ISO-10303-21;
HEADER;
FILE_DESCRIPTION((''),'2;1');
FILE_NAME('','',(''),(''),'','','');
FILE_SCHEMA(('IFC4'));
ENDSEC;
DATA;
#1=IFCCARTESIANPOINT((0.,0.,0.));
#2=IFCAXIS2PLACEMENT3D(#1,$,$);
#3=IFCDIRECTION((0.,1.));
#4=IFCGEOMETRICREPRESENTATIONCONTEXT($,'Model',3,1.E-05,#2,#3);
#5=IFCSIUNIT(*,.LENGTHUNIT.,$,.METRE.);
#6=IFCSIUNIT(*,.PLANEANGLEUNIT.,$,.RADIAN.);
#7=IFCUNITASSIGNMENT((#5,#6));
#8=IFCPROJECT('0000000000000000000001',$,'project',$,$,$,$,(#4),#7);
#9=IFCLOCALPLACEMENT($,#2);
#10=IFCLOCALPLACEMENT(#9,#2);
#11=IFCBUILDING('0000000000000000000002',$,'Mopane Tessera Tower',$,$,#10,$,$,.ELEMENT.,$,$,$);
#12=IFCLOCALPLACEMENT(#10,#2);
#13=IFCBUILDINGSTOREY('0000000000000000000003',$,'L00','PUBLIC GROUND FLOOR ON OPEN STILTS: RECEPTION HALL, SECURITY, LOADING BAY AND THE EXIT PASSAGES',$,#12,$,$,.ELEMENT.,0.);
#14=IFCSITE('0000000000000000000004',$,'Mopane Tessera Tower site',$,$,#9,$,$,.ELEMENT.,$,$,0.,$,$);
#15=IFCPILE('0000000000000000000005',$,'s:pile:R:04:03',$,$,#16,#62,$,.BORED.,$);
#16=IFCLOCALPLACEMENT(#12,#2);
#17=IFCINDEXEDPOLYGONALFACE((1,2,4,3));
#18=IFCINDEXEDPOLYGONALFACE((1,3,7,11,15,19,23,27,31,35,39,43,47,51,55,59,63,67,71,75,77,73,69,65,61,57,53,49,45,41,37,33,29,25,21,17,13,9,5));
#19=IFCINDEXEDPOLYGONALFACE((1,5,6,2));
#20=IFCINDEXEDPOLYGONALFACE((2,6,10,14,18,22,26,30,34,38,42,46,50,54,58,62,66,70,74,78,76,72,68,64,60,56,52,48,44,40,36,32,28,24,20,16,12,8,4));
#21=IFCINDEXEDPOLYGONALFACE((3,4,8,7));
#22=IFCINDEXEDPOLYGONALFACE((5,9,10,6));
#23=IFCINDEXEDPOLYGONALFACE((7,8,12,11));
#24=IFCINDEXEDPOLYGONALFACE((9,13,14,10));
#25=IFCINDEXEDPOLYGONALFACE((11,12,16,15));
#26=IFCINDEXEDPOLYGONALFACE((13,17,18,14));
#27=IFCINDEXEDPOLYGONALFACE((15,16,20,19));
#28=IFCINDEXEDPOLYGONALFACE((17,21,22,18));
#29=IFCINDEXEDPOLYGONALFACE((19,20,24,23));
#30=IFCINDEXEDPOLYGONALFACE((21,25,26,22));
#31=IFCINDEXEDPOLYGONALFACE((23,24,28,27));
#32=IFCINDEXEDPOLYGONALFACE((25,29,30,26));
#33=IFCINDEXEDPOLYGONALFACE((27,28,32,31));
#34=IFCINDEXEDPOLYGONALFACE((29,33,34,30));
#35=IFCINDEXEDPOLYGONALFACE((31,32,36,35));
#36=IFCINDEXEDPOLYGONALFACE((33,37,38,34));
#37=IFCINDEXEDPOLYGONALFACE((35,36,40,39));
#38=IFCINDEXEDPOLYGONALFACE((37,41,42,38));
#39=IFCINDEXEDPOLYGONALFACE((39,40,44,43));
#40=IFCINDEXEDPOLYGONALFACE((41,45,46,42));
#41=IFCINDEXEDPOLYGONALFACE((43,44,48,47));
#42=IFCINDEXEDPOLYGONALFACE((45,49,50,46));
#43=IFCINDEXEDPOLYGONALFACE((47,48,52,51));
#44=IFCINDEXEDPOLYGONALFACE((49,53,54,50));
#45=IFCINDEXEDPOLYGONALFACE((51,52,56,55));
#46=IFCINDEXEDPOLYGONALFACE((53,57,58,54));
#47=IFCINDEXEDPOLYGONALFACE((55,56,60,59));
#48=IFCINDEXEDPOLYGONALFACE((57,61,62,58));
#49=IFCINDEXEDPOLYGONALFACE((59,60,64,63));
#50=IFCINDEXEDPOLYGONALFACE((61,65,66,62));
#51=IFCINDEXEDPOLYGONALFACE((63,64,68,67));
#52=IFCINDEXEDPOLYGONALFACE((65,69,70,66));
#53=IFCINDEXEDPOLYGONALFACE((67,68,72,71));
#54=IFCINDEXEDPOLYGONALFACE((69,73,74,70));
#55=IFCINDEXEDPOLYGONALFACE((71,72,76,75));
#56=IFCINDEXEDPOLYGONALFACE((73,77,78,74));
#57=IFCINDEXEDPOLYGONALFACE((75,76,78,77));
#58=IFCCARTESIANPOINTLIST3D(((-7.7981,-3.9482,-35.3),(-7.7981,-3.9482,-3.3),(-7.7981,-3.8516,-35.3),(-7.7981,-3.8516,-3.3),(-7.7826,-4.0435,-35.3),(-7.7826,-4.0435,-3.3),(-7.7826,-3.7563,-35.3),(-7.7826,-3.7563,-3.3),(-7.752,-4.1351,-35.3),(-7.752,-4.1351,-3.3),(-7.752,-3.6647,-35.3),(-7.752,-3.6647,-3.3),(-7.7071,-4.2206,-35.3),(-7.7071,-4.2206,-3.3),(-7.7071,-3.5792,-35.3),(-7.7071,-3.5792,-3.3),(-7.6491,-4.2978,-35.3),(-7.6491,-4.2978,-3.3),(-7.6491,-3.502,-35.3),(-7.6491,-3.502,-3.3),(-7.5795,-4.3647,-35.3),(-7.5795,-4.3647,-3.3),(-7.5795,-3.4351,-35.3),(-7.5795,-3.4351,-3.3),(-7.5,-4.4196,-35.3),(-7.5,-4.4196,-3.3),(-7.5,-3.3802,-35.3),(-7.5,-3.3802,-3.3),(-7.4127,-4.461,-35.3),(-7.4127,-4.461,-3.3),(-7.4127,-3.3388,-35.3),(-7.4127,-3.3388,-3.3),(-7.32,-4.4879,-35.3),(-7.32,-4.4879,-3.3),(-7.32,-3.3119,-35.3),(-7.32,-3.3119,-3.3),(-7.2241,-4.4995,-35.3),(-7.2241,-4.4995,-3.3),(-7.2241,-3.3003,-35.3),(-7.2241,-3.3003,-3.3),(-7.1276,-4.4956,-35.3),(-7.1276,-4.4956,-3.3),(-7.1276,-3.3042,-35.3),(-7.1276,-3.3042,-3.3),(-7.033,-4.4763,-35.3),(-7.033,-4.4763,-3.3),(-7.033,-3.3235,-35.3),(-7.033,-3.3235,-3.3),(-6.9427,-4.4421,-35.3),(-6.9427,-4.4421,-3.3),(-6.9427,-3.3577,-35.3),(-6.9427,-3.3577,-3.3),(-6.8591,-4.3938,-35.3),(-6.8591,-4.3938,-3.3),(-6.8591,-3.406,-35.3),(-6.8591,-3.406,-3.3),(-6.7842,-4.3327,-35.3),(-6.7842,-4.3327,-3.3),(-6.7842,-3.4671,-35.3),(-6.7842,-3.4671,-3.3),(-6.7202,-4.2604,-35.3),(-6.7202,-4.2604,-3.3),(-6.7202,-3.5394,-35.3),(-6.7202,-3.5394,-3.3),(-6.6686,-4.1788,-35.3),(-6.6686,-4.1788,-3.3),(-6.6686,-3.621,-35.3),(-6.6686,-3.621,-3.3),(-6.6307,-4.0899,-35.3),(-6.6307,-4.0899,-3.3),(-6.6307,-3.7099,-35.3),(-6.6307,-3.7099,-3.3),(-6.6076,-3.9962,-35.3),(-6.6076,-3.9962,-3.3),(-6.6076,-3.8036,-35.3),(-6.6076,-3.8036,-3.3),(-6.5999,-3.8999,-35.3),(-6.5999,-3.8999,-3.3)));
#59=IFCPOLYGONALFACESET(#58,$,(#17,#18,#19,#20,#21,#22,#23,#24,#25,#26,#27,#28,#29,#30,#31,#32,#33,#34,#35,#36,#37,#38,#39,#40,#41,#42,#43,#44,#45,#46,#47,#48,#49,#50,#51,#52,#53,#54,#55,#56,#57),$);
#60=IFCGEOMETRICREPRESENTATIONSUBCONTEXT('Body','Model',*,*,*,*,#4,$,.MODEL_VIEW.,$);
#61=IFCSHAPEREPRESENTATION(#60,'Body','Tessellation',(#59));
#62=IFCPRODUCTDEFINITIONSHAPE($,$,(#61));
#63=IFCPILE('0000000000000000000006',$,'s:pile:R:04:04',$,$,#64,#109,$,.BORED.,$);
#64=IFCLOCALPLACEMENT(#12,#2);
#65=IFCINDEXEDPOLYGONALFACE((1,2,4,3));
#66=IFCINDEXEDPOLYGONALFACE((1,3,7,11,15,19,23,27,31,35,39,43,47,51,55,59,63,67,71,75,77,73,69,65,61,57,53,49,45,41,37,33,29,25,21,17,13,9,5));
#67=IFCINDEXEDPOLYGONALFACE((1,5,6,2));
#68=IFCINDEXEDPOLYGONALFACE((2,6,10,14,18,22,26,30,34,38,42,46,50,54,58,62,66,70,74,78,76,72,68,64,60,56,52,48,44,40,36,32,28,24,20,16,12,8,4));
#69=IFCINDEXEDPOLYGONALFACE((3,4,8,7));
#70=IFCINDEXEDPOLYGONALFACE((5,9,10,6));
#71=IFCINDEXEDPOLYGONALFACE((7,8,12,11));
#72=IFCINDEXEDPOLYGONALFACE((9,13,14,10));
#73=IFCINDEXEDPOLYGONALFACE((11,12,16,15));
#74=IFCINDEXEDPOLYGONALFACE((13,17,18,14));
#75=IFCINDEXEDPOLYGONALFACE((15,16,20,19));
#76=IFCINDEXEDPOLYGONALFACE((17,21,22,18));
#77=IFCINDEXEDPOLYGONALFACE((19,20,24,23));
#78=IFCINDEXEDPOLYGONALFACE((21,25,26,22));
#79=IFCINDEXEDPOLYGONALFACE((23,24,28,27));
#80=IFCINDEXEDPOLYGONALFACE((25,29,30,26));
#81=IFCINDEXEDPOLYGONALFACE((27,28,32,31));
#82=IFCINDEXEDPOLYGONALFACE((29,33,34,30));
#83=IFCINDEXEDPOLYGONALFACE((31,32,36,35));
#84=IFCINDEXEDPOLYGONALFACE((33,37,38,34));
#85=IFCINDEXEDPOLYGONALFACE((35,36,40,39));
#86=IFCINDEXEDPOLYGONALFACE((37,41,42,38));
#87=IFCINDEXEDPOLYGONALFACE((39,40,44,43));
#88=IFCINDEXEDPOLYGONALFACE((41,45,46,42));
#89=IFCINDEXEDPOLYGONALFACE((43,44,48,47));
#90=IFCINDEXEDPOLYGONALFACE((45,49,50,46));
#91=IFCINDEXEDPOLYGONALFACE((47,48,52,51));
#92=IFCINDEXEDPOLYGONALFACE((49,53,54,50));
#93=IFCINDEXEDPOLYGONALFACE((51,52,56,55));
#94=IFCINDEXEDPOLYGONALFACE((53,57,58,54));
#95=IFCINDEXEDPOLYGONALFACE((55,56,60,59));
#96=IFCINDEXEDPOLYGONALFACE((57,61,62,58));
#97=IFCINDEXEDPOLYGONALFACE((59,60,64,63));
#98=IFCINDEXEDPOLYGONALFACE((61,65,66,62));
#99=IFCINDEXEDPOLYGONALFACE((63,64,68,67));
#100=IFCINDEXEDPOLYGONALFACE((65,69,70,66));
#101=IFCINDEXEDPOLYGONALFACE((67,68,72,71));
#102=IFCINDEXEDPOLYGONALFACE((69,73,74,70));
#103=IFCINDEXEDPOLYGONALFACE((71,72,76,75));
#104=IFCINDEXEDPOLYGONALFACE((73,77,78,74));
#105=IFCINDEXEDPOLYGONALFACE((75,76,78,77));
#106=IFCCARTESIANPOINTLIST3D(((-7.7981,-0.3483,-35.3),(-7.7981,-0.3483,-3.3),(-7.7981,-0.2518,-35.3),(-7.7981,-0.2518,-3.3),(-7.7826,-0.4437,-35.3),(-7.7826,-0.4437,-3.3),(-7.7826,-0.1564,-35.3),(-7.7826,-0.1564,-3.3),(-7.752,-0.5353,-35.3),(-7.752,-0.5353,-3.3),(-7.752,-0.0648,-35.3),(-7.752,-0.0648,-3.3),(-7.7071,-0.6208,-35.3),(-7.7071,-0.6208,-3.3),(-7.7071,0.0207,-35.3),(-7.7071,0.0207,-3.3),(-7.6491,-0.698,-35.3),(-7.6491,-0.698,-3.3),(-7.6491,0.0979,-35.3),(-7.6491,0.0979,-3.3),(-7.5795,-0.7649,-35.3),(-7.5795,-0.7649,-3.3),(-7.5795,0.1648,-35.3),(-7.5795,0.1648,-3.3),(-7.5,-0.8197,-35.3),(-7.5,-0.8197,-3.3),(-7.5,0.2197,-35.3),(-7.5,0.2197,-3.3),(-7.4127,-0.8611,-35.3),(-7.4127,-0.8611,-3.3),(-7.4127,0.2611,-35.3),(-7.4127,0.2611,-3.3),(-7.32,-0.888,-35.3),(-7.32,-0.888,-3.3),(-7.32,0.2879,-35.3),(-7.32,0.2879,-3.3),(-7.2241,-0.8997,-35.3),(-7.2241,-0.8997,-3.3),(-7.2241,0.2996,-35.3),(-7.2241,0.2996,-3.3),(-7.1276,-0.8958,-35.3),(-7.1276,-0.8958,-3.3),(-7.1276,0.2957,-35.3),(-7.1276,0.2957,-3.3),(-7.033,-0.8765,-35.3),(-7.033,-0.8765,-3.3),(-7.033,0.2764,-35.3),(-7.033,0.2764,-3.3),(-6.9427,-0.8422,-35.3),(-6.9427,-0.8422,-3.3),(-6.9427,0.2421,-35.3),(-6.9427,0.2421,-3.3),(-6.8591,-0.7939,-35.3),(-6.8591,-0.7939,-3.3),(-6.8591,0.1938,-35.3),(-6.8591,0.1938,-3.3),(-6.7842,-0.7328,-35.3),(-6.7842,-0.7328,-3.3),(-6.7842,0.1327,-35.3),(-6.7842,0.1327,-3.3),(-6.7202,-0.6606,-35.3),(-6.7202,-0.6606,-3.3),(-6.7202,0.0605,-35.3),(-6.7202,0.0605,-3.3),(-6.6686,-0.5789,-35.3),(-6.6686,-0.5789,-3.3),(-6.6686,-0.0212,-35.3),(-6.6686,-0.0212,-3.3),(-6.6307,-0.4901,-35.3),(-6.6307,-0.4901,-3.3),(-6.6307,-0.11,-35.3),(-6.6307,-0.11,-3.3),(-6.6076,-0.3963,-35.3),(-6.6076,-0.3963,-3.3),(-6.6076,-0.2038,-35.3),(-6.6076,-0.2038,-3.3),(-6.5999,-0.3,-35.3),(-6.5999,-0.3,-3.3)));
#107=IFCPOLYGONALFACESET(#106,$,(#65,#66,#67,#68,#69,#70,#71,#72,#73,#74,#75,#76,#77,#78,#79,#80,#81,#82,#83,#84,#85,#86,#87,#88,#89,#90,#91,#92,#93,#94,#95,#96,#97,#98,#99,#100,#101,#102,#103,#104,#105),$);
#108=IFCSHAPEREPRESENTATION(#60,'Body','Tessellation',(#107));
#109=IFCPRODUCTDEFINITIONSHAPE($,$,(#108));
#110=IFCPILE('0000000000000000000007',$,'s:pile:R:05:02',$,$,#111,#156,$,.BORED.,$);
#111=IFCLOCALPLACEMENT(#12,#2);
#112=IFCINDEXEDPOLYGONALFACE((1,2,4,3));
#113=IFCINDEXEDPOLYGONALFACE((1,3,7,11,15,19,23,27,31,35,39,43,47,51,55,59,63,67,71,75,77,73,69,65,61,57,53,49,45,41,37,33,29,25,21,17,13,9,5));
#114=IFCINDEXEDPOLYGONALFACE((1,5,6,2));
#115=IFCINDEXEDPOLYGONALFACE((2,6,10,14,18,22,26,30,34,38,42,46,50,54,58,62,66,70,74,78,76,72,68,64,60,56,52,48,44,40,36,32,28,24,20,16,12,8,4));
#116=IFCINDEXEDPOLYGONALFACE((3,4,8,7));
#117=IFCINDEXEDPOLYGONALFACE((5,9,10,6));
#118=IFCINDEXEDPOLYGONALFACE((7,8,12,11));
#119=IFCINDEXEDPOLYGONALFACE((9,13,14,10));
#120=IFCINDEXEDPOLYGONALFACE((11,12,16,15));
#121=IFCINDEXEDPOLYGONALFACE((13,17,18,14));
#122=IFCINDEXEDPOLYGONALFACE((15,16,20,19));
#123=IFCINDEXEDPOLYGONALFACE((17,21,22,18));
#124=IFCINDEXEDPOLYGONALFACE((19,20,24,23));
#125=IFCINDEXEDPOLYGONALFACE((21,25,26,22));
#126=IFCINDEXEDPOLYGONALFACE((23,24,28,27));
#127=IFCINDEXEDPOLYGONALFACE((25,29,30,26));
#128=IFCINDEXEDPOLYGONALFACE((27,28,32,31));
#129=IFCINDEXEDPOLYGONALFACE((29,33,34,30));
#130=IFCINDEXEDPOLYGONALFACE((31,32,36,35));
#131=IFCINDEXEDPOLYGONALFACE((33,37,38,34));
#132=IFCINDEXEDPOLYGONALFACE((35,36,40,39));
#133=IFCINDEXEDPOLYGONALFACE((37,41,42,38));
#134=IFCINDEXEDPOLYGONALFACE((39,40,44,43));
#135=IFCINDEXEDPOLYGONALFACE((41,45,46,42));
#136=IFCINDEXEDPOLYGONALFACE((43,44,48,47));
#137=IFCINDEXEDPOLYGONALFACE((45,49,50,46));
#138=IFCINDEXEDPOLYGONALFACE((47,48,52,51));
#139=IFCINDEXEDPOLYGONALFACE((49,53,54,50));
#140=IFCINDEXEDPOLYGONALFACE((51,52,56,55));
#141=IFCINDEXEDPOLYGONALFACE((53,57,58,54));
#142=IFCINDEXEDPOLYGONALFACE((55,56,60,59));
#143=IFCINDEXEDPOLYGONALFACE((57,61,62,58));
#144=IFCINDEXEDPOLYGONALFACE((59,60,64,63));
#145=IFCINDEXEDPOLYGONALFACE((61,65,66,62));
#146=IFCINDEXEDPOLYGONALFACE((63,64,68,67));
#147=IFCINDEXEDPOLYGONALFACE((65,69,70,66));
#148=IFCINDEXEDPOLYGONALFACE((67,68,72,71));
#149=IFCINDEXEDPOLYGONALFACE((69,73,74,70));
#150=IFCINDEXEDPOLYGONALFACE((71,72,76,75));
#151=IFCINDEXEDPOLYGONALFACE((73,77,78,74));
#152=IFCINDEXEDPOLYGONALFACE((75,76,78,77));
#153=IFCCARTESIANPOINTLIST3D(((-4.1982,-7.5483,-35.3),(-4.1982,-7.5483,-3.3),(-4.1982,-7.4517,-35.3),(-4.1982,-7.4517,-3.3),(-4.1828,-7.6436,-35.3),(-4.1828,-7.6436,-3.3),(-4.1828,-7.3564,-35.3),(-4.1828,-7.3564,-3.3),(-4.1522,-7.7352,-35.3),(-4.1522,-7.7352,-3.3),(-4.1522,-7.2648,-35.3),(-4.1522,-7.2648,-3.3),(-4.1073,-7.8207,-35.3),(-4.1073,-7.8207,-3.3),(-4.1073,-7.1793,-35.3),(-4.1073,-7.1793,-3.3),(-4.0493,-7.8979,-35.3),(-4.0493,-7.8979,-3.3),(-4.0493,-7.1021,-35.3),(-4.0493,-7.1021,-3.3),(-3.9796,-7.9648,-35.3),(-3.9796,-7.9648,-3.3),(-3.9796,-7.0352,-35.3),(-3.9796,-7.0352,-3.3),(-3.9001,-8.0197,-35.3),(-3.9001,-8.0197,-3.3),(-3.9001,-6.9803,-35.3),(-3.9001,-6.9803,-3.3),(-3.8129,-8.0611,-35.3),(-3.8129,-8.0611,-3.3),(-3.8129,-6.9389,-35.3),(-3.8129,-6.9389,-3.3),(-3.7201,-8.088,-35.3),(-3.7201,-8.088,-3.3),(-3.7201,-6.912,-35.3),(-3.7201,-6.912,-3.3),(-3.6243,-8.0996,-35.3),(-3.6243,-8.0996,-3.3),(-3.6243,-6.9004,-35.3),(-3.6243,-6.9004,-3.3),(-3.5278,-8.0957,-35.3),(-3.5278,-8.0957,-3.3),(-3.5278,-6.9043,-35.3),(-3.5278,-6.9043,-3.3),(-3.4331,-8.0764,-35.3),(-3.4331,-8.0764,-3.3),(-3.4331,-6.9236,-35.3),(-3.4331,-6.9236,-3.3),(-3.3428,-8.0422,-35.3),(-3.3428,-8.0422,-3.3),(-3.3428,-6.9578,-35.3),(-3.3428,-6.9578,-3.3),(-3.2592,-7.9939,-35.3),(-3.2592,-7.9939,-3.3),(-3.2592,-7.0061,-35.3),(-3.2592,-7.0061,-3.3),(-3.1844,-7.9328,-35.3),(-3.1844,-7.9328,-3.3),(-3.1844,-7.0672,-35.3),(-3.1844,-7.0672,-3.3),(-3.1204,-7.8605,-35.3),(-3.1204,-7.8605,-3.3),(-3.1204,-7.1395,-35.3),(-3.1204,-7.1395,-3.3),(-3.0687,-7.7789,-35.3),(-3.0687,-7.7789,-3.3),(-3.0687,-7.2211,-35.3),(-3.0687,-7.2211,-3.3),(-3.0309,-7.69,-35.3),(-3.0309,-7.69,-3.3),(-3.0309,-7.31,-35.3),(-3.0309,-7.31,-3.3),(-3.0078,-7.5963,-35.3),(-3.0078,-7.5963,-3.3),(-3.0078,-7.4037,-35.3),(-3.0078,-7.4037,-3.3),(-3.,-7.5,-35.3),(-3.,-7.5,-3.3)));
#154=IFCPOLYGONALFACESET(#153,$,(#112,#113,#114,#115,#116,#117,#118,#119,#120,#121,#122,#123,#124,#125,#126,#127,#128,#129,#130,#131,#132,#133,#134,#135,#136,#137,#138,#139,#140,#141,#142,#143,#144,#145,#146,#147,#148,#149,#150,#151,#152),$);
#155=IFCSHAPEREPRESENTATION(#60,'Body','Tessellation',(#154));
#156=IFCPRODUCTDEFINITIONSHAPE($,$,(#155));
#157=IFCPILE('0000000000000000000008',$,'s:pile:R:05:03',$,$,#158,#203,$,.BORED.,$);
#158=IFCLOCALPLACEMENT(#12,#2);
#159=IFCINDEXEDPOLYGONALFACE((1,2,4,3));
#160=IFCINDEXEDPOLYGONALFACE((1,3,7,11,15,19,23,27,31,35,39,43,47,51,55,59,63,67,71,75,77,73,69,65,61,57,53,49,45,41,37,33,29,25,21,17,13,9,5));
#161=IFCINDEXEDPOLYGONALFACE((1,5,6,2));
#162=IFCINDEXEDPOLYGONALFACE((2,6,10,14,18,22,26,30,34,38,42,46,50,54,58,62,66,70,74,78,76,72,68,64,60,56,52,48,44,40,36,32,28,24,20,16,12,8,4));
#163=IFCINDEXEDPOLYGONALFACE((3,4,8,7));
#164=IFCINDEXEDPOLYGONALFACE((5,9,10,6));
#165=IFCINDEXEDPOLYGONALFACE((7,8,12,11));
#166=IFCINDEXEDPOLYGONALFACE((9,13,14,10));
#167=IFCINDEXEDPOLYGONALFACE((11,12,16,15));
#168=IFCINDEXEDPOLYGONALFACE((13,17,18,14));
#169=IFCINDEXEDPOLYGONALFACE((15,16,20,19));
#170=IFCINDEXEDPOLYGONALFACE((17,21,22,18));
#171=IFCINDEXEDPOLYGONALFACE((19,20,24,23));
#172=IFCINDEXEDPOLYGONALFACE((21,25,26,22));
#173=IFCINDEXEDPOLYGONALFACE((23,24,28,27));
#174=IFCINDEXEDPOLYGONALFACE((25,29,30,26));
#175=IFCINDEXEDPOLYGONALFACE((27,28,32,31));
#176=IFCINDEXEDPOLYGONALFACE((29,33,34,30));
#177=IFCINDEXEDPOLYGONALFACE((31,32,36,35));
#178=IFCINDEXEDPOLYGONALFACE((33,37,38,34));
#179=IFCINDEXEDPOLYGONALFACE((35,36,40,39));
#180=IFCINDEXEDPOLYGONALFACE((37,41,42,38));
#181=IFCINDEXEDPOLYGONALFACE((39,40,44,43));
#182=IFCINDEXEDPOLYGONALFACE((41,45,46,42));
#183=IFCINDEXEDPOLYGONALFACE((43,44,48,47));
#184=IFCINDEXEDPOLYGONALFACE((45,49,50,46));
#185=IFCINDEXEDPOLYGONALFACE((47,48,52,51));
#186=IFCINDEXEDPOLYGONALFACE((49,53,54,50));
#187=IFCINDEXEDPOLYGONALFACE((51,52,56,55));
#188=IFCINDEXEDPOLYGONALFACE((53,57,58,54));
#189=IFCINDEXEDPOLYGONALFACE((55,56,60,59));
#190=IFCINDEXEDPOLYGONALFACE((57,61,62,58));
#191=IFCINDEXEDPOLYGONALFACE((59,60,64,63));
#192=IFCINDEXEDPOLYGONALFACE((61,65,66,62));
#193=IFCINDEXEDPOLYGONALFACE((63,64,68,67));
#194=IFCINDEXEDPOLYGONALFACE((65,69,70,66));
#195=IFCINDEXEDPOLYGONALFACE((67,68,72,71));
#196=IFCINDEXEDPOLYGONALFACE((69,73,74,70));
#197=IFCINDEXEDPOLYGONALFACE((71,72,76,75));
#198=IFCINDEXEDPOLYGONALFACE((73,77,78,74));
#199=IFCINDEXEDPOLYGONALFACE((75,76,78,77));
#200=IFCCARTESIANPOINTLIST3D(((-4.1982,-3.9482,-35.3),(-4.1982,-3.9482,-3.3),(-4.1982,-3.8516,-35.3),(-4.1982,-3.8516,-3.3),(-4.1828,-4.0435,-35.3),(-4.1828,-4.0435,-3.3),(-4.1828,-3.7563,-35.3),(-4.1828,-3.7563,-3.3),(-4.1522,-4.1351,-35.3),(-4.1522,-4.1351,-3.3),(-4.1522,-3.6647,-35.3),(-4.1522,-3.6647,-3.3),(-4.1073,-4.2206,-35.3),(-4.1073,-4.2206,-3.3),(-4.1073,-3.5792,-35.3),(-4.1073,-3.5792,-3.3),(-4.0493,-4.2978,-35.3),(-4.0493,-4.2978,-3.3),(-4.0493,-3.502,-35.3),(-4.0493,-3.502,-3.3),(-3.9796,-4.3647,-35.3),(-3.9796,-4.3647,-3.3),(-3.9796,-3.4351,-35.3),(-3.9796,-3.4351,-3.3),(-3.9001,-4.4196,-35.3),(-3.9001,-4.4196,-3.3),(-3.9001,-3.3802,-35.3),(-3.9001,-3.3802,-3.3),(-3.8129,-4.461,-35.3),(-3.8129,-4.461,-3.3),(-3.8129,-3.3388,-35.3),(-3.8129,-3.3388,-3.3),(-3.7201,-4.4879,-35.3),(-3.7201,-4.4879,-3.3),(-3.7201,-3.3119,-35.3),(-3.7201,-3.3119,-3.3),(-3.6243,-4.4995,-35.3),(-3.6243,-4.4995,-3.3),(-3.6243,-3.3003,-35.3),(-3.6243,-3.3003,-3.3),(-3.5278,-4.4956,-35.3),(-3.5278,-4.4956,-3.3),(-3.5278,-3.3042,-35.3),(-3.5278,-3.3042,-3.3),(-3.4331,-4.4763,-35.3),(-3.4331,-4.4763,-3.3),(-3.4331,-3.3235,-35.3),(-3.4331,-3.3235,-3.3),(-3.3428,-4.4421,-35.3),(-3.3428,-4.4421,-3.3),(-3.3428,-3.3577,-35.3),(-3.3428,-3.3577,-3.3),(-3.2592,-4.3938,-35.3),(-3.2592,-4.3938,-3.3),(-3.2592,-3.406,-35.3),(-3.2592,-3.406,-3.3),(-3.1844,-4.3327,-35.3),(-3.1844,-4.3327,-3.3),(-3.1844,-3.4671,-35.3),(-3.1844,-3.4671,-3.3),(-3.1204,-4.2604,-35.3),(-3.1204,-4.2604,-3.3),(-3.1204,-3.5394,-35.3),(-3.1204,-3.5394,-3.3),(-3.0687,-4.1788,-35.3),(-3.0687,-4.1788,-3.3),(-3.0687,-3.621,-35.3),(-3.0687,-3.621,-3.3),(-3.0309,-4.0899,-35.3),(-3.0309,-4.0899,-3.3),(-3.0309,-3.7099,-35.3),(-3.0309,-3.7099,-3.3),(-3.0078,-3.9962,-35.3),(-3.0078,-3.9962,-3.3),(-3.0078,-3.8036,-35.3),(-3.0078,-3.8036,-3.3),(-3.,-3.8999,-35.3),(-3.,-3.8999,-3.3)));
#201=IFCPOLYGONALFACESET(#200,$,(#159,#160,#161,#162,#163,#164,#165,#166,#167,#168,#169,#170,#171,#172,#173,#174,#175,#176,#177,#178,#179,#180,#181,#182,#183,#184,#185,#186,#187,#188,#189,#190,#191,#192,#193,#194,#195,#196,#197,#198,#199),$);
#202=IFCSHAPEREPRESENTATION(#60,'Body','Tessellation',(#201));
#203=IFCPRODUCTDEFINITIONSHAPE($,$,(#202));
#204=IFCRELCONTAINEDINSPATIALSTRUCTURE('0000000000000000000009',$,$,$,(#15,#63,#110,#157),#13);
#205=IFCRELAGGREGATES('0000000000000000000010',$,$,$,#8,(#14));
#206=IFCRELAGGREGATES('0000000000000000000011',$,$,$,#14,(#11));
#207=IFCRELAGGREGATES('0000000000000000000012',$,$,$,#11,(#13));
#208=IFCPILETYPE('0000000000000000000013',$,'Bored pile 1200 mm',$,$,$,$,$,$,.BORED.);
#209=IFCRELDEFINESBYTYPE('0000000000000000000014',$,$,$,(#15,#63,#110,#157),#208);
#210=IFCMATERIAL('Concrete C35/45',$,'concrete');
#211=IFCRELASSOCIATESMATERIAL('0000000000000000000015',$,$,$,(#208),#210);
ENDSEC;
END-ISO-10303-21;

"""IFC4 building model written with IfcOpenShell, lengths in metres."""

from ifc_helpers import new_model, si_unit, direction, frame, origin, origin_2d, place, context, subcontext, project, spatial, circle, extrude, material, material_profile, profile_set, type_object, element, save


model = new_model("IFC4")

# Units and contexts
model_context = context("Model", 3, precision=1e-05, world=origin(), true_north=direction((0.0, 1.0)))
body_context = subcontext(model_context, "Body", "Model", "MODEL_VIEW")
ifc_project = project(units=[si_unit("LENGTHUNIT", "METRE"), si_unit("PLANEANGLEUNIT", "RADIAN")], contexts=[model_context])

# Site, building, storey
site_placement = place(None, origin())
site = spatial("IfcSite", under=ifc_project, at=site_placement, Name="Mopane Tessera Tower site", CompositionType="ELEMENT", RefElevation=0.0)
building_placement = place(site_placement, origin())
building = spatial("IfcBuilding", under=site, at=building_placement, Name="Mopane Tessera Tower", CompositionType="ELEMENT")
storey_placement = place(building_placement, origin())
storey = spatial("IfcBuildingStorey", under=building, at=storey_placement, Name="L00", Description="PUBLIC GROUND FLOOR ON OPEN STILTS: RECEPTION HALL, SECURITY, LOADING BAY AND THE EXIT PASSAGES", CompositionType="ELEMENT", Elevation=0.0)

# Piles
ifc_material_1 = material(Name="Concrete C35/45", Category="concrete")
ifc_material_profile = material_profile(ifc_material_1, circle(Radius=0.6001, at=origin_2d()))
ifc_profile_set = profile_set([ifc_material_profile], Name="Concrete C35/45")
pile_type = type_object("IfcPileType", Name="Bored pile 1200 mm", PredefinedType="BORED", material=ifc_profile_set)
for number, where, z_axis, x_axis, name in (
    (1, (-7.2, -3.8999, -3.3), (0.0, 0.0, -1.0), (1.0, 0.0, 0.0), "s:pile:R:04:03"),
    (2, (-7.2, -0.3, -3.3), (0.0, 0.0, -1.0), (1.0, 0.0, 0.0), "s:pile:R:04:04"),
    (3, (-3.6001, -7.5, -3.3), (0.0, 0.0, -1.0), (1.0, 0.0, 0.0), "s:pile:R:05:02"),
    (4, (-3.6001, -3.8999, -3.3), (0.0, 0.0, -1.0), (1.0, 0.0, 0.0), "s:pile:R:05:03"),
):
    element("IfcPile", number, at=place(storey_placement, frame(where, z_axis=z_axis, x_axis=x_axis)), inside=storey, type_object=pile_type, Name=name, PredefinedType="BORED", context=body_context, shape_type="SweptSolid", body=[
        extrude(circle(Radius=0.6001, at=origin_2d()), origin(), (0.0, 0.0, 1.0), 32.0),
    ])

save(model, "model.ifc")
